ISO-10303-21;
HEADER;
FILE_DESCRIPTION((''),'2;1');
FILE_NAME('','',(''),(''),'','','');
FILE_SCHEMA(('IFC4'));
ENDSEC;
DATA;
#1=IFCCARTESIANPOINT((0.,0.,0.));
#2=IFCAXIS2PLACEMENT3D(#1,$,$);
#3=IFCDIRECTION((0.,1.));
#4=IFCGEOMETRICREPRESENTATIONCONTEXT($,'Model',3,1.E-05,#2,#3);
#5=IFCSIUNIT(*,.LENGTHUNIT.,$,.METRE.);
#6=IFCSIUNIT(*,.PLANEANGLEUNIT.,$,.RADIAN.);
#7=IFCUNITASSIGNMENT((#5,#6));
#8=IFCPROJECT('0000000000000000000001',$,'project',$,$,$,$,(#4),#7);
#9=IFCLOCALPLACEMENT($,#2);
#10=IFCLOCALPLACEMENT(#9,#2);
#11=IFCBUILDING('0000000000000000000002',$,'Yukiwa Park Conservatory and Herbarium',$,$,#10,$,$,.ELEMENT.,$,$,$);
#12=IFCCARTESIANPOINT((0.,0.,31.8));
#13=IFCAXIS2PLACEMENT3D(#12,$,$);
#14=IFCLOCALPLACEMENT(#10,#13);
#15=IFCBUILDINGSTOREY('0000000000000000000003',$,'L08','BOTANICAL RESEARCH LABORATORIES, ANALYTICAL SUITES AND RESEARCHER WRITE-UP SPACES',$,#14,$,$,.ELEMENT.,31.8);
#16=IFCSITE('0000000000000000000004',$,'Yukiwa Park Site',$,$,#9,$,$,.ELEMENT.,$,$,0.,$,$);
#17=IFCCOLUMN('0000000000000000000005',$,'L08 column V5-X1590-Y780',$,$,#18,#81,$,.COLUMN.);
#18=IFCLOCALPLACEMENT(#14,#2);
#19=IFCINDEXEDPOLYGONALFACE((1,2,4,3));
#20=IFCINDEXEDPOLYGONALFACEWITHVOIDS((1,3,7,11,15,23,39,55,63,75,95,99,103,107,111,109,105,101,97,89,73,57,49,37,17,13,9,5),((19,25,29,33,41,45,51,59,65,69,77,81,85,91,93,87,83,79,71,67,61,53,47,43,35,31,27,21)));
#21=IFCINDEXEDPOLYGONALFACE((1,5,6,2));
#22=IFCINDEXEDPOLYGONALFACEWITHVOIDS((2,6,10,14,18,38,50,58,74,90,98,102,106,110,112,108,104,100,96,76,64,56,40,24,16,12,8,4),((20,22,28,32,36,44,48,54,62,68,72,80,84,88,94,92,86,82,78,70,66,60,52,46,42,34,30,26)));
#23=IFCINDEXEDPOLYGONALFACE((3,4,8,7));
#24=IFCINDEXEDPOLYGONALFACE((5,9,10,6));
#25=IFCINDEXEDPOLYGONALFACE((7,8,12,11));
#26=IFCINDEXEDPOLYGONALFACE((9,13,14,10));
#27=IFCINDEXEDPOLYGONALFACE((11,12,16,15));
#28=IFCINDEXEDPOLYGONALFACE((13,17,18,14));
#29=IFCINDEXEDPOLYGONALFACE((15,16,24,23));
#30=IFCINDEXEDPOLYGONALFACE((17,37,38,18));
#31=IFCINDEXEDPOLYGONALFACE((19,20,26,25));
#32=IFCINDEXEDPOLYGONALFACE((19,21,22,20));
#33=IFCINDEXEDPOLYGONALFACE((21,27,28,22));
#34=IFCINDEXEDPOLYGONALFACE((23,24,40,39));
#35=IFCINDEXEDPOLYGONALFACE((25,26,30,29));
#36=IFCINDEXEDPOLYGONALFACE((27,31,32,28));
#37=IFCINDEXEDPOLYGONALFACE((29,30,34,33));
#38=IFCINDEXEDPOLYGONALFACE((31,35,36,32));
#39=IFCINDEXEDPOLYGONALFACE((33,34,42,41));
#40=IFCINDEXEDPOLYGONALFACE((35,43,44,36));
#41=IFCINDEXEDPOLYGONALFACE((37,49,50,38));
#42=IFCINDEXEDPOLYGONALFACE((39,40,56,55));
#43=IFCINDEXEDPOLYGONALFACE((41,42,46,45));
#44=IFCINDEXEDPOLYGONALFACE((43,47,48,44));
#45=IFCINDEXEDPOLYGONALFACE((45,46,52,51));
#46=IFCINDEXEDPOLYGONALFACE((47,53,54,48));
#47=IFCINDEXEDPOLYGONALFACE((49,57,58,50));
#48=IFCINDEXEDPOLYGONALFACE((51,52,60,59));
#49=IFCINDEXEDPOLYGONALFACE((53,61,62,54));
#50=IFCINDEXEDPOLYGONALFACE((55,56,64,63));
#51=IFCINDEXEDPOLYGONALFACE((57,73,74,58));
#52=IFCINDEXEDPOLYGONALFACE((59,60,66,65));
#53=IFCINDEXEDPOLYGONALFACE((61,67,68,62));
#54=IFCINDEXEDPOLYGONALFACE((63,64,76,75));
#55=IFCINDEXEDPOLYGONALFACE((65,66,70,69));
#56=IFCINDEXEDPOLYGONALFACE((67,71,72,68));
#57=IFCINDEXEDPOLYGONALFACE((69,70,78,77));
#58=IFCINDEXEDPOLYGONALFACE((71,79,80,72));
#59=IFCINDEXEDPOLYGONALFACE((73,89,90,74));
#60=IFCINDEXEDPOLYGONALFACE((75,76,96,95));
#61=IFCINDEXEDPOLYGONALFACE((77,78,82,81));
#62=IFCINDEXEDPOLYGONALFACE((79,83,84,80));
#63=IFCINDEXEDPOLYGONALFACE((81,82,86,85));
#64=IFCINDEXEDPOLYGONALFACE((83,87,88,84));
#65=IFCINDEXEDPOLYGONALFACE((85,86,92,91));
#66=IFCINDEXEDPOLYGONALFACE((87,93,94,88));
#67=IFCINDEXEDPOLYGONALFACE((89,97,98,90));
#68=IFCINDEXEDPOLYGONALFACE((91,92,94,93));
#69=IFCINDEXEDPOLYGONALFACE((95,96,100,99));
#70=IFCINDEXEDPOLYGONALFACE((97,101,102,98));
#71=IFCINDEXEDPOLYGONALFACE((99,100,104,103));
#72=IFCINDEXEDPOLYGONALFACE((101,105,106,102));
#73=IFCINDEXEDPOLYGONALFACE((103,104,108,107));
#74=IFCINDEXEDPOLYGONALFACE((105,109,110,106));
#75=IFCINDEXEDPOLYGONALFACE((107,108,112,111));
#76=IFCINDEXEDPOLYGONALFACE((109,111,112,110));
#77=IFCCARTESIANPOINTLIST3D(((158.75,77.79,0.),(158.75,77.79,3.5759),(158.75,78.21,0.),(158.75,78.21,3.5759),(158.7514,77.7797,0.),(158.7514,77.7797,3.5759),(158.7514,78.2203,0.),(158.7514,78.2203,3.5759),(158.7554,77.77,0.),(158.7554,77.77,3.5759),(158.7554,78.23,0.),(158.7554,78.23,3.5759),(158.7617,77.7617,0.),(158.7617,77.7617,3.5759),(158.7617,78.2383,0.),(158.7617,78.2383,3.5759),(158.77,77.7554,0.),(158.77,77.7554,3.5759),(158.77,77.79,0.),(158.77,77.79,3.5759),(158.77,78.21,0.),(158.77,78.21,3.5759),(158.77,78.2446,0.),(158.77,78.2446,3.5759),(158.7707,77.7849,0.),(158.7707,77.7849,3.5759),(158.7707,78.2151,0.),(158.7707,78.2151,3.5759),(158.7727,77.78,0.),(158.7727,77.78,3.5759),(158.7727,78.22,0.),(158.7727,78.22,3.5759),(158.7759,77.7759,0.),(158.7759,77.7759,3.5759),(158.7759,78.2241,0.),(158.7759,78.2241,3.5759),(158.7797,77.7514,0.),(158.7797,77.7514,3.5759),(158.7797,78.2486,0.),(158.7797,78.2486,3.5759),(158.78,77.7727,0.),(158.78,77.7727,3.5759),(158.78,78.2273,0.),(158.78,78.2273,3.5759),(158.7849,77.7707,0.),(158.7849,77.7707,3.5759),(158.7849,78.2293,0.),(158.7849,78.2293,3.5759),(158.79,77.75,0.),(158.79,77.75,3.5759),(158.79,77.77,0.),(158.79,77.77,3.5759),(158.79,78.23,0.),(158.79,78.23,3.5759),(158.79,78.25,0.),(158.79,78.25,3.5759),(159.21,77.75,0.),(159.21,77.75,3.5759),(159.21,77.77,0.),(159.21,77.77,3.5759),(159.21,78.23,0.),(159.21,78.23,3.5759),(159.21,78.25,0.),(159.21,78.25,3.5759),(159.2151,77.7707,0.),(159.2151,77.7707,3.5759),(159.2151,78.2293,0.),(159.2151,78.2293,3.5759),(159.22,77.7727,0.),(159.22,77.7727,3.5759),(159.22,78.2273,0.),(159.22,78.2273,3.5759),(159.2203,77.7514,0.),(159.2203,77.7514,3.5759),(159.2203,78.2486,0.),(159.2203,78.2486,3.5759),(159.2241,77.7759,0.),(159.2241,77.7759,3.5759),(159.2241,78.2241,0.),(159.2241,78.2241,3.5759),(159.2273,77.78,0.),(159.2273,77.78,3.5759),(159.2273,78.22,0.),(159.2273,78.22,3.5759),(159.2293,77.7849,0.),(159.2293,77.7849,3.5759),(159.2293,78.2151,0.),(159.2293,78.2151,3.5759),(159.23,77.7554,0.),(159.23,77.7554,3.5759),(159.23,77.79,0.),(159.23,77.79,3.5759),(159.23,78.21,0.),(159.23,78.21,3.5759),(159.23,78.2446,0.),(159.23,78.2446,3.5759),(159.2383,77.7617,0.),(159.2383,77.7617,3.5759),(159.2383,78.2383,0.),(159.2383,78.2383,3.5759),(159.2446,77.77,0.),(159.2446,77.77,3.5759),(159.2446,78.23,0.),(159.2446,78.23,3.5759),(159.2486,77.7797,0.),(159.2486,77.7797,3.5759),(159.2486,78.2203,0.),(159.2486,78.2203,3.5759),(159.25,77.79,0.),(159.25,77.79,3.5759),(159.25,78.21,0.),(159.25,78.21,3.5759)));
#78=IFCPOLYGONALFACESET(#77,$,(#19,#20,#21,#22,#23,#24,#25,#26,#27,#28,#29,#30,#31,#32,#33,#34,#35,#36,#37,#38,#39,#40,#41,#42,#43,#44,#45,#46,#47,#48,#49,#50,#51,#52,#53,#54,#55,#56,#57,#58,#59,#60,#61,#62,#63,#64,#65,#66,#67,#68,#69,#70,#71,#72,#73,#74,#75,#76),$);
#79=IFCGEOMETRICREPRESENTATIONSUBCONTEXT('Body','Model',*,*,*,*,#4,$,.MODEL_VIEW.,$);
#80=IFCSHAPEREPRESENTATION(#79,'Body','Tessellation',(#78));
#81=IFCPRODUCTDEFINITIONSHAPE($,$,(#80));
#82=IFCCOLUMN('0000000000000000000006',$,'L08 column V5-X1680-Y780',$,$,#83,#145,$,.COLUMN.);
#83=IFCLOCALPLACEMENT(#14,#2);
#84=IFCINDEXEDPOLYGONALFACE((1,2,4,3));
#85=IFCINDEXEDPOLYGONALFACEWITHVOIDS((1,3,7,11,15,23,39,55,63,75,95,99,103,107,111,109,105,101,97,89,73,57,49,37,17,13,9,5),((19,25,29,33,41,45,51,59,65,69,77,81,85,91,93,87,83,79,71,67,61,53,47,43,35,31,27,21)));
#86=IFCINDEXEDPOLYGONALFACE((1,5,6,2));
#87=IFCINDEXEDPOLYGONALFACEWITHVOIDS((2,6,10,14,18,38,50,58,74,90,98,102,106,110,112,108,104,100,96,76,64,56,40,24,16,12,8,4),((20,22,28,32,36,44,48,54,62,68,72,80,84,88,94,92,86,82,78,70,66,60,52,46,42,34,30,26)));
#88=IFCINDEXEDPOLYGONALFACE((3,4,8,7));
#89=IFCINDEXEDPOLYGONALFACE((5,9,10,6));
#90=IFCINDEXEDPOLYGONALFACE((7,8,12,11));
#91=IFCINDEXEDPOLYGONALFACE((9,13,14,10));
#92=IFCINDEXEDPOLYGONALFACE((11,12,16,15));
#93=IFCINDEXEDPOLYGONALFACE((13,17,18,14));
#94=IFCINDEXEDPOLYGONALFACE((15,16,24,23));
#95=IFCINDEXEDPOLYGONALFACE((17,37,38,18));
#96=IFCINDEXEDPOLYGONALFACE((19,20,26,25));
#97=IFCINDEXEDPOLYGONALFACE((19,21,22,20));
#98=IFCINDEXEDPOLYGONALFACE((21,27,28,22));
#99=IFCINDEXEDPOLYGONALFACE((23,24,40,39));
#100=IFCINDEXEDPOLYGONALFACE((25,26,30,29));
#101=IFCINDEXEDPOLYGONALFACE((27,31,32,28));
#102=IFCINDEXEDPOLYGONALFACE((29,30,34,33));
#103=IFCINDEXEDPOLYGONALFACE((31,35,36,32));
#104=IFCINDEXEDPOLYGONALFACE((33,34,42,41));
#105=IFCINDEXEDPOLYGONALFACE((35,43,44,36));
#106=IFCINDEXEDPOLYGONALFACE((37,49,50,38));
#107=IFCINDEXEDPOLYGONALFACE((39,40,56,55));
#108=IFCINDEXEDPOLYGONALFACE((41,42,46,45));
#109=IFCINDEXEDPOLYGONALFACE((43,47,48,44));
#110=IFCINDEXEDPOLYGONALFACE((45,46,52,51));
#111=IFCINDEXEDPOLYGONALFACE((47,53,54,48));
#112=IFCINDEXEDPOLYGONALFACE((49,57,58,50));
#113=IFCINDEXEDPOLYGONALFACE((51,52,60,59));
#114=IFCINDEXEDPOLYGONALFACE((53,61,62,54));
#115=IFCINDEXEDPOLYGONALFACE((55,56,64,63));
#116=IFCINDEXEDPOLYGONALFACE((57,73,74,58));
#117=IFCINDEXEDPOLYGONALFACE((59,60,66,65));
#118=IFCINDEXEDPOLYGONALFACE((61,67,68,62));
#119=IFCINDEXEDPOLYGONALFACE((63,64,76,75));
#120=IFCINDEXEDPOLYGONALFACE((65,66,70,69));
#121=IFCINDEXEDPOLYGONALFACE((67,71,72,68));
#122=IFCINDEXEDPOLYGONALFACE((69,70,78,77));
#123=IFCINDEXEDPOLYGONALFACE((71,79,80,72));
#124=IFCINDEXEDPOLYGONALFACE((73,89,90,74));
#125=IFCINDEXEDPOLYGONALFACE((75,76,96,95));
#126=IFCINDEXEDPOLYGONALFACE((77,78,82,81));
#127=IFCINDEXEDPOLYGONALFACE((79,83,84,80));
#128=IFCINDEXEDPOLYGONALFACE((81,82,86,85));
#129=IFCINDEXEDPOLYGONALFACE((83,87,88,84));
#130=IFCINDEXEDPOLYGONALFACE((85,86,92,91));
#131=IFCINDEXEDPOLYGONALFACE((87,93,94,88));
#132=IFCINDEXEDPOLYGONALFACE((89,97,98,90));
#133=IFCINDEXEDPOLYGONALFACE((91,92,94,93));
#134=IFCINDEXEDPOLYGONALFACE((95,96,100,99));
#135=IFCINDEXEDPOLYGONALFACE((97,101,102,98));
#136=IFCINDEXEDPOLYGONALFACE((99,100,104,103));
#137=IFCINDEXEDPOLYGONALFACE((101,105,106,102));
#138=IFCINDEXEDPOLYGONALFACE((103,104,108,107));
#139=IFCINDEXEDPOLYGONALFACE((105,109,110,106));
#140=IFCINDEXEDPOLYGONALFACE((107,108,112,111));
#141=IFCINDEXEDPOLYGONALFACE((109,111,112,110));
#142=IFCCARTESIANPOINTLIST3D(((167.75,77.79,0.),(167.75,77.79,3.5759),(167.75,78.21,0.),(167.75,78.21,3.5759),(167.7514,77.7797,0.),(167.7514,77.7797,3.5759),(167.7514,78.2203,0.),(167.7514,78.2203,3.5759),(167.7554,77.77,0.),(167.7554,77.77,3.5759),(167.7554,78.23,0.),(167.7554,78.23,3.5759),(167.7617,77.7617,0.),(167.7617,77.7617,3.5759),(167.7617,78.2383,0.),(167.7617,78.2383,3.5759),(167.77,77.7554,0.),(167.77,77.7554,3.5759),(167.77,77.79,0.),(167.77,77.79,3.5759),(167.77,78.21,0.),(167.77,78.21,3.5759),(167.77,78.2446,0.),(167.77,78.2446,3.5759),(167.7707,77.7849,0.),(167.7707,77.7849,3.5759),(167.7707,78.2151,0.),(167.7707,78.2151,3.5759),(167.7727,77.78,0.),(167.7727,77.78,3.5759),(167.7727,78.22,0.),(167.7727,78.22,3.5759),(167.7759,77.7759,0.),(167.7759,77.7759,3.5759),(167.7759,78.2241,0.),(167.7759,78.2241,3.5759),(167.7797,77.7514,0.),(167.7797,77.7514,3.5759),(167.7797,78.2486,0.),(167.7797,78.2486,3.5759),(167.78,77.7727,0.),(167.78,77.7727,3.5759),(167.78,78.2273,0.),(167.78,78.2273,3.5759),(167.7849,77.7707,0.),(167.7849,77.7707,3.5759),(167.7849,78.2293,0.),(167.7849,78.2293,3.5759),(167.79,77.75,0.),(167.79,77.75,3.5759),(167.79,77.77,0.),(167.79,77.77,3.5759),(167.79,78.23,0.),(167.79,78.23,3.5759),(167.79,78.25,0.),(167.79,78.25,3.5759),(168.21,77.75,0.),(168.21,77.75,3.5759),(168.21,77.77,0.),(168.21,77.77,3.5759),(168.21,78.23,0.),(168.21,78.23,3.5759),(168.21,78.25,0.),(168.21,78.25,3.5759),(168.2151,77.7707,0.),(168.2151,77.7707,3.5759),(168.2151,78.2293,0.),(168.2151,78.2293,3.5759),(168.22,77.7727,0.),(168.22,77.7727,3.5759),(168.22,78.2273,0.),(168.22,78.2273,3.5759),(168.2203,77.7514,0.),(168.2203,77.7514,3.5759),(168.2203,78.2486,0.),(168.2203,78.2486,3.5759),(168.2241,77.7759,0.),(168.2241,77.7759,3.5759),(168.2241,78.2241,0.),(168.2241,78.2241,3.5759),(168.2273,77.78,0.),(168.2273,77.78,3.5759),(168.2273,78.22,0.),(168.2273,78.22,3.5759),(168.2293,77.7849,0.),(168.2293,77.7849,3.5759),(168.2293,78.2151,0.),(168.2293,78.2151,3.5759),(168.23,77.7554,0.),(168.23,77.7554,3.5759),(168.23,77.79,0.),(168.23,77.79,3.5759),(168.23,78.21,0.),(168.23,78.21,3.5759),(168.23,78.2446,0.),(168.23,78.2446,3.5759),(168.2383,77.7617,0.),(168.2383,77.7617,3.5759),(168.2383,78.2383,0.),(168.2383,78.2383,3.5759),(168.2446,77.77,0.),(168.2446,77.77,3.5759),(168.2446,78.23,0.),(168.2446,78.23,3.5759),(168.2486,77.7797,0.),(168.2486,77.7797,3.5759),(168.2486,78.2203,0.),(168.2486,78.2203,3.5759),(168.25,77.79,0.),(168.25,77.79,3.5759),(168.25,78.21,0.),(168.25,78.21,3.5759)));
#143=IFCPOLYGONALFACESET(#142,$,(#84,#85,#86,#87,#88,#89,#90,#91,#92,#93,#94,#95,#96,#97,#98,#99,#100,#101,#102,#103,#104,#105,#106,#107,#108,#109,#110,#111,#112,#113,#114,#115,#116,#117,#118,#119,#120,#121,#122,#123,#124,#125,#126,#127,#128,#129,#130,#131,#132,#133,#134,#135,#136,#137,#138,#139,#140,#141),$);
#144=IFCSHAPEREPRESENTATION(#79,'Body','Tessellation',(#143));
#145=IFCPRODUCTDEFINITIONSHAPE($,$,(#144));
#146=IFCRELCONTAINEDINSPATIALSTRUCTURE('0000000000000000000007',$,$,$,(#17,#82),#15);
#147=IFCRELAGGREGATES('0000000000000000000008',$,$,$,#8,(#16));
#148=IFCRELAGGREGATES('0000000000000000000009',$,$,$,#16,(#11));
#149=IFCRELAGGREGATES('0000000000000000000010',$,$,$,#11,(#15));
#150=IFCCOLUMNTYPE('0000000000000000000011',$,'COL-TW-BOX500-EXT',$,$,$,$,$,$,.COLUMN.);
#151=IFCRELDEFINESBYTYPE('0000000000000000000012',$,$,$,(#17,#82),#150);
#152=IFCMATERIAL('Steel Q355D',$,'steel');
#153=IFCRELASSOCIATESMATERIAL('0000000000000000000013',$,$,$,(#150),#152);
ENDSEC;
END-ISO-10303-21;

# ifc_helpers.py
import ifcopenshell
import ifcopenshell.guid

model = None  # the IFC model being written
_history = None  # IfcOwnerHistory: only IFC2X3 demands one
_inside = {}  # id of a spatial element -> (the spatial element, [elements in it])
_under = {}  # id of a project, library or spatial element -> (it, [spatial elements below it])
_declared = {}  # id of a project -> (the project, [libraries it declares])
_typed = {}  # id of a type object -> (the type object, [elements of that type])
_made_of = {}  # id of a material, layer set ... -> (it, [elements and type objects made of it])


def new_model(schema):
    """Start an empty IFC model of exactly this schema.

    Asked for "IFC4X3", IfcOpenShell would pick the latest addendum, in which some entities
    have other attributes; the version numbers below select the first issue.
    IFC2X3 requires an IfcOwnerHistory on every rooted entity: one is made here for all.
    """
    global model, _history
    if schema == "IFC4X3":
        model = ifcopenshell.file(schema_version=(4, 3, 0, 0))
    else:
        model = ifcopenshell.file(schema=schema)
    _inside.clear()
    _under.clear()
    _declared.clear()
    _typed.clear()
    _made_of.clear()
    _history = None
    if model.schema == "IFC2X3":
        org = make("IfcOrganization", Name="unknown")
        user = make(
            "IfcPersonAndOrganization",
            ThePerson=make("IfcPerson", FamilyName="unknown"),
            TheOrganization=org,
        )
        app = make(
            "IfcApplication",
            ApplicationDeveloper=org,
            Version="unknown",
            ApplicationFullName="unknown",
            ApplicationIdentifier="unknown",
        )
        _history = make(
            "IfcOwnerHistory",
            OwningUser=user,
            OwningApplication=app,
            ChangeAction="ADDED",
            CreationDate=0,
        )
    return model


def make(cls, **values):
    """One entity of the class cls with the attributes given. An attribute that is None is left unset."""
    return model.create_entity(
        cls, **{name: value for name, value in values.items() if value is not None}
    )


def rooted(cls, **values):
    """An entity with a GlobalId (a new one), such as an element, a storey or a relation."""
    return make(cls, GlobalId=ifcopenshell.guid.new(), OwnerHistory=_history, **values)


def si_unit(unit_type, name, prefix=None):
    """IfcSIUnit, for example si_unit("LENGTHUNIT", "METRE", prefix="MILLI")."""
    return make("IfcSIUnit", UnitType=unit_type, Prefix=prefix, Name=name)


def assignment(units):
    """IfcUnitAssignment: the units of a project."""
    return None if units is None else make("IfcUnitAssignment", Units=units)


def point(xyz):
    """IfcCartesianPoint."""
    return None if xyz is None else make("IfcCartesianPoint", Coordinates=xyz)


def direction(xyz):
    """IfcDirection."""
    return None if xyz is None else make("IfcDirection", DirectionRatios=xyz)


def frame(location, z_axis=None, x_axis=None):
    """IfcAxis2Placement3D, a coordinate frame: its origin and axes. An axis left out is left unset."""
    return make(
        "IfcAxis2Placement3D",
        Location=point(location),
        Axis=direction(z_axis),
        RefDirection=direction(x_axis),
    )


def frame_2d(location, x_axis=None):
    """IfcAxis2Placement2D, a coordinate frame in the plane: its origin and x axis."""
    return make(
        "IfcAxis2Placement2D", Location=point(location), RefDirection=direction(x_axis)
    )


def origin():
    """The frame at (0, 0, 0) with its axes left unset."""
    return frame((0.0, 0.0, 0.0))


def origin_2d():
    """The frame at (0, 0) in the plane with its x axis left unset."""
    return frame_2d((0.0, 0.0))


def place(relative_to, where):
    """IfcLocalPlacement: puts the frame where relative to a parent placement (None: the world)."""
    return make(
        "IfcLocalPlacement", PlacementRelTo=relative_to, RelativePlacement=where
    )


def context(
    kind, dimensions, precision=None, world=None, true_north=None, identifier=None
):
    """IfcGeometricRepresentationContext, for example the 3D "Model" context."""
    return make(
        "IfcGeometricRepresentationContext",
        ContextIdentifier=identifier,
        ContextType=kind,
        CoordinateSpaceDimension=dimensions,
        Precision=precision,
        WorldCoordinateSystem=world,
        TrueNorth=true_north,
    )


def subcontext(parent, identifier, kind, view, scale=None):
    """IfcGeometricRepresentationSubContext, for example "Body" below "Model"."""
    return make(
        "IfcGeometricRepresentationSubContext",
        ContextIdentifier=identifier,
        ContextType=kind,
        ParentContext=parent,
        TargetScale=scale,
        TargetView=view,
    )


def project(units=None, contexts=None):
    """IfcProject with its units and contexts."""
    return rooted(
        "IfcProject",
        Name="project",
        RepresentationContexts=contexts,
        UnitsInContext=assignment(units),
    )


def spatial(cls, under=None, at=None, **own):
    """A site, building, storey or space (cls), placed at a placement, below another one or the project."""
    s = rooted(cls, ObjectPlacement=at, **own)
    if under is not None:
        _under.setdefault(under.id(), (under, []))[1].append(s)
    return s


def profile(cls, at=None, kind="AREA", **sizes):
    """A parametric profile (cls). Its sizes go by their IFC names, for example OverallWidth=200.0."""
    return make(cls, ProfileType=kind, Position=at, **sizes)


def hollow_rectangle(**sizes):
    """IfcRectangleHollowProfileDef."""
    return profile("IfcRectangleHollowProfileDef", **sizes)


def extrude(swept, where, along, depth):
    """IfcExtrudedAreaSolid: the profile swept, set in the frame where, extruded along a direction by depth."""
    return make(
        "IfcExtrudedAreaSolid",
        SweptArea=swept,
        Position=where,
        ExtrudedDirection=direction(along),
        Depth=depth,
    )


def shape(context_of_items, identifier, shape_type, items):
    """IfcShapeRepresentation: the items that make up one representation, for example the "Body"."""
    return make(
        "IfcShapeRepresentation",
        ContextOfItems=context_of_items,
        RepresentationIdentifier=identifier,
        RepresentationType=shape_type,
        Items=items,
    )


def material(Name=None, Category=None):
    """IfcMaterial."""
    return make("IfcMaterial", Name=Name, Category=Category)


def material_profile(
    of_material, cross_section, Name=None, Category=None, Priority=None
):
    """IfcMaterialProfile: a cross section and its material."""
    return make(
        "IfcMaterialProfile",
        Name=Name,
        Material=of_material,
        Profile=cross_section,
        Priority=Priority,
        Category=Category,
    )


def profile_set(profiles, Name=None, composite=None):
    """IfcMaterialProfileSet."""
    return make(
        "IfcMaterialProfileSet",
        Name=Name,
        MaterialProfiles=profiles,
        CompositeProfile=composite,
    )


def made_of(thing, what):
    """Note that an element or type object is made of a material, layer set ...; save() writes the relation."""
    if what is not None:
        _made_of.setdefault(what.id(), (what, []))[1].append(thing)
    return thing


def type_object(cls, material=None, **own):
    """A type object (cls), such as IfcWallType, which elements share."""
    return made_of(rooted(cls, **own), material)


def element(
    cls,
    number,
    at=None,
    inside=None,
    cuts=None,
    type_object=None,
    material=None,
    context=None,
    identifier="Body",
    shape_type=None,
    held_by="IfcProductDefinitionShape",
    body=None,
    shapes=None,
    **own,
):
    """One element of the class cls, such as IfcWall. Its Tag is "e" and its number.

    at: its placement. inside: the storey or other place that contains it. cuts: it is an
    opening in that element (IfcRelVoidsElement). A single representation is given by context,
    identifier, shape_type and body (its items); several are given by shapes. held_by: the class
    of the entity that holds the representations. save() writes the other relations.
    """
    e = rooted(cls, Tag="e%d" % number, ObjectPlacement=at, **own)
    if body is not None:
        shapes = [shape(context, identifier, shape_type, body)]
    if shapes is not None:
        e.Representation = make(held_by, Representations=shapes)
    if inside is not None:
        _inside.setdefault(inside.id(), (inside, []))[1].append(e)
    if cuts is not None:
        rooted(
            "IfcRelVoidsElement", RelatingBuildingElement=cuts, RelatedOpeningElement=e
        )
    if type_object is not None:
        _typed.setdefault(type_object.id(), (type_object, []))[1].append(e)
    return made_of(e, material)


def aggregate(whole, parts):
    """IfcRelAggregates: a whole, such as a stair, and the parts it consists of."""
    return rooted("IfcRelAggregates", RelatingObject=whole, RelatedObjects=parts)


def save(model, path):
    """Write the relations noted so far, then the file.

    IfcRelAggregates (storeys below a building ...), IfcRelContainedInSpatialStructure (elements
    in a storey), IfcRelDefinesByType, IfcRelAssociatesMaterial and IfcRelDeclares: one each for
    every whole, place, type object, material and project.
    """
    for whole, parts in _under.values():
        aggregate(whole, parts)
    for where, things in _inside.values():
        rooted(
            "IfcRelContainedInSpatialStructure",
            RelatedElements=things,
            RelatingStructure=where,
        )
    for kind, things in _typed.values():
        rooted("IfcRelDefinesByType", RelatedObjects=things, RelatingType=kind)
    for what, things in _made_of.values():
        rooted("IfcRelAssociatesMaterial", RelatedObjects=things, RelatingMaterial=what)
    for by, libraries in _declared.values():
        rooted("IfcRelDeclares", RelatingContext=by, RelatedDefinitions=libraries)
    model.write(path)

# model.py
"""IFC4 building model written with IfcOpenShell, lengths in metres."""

from ifc_helpers import new_model, si_unit, direction, frame, origin, origin_2d, place, context, subcontext, project, spatial, hollow_rectangle, extrude, material, material_profile, profile_set, type_object, element, save


model = new_model("IFC4")

# Units and contexts
model_context = context("Model", 3, precision=1e-05, world=origin(), true_north=direction((0.0, 1.0)))
body_context = subcontext(model_context, "Body", "Model", "MODEL_VIEW")
ifc_project = project(units=[si_unit("LENGTHUNIT", "METRE"), si_unit("PLANEANGLEUNIT", "RADIAN")], contexts=[model_context])

# Site, building, storey
site_placement = place(None, origin())
site = spatial("IfcSite", under=ifc_project, at=site_placement, Name="Yukiwa Park Site", CompositionType="ELEMENT", RefElevation=0.0)
building_placement = place(site_placement, origin())
building = spatial("IfcBuilding", under=site, at=building_placement, Name="Yukiwa Park Conservatory and Herbarium", CompositionType="ELEMENT")
storey_placement = place(building_placement, frame((0.0, 0.0, 31.8)))
storey = spatial("IfcBuildingStorey", under=building, at=storey_placement, Name="L08", Description="BOTANICAL RESEARCH LABORATORIES, ANALYTICAL SUITES AND RESEARCHER WRITE-UP SPACES", CompositionType="ELEMENT", Elevation=31.8)

# Columns
ifc_material_1 = material(Name="Steel Q355D", Category="steel")
ifc_material_profile_1 = material_profile(ifc_material_1, hollow_rectangle(XDim=0.5, YDim=0.5, WallThickness=0.02, InnerFilletRadius=0.02, OuterFilletRadius=0.04, at=origin_2d()), Name="BOX 500x500x20")
ifc_profile_set_1 = profile_set([ifc_material_profile_1], Name="Steel Q355D")
column_type_1 = type_object("IfcColumnType", Name="COL-TW-BOX500-EXT", PredefinedType="COLUMN", material=ifc_profile_set_1)
for number, where, z_axis, x_axis, name in (
    (1, (159.0, 78.0, 0.0), (0.0, 0.0, 1.0), (1.0, 0.0, 0.0), "L08 column V5-X1590-Y780"),
    (2, (168.0, 78.0, 0.0), (0.0, 0.0, 1.0), (1.0, 0.0, 0.0), "L08 column V5-X1680-Y780"),
):
    element("IfcColumn", number, at=place(storey_placement, frame(where, z_axis=z_axis, x_axis=x_axis)), inside=storey, type_object=column_type_1, Name=name, PredefinedType="COLUMN", context=body_context, shape_type="SweptSolid", body=[
        extrude(hollow_rectangle(XDim=0.5, YDim=0.5, WallThickness=0.02, InnerFilletRadius=0.02, OuterFilletRadius=0.04, at=origin_2d()), origin(), (0.0, 0.0, 1.0), 3.5759),
    ])

save(model, "model.ifc")
